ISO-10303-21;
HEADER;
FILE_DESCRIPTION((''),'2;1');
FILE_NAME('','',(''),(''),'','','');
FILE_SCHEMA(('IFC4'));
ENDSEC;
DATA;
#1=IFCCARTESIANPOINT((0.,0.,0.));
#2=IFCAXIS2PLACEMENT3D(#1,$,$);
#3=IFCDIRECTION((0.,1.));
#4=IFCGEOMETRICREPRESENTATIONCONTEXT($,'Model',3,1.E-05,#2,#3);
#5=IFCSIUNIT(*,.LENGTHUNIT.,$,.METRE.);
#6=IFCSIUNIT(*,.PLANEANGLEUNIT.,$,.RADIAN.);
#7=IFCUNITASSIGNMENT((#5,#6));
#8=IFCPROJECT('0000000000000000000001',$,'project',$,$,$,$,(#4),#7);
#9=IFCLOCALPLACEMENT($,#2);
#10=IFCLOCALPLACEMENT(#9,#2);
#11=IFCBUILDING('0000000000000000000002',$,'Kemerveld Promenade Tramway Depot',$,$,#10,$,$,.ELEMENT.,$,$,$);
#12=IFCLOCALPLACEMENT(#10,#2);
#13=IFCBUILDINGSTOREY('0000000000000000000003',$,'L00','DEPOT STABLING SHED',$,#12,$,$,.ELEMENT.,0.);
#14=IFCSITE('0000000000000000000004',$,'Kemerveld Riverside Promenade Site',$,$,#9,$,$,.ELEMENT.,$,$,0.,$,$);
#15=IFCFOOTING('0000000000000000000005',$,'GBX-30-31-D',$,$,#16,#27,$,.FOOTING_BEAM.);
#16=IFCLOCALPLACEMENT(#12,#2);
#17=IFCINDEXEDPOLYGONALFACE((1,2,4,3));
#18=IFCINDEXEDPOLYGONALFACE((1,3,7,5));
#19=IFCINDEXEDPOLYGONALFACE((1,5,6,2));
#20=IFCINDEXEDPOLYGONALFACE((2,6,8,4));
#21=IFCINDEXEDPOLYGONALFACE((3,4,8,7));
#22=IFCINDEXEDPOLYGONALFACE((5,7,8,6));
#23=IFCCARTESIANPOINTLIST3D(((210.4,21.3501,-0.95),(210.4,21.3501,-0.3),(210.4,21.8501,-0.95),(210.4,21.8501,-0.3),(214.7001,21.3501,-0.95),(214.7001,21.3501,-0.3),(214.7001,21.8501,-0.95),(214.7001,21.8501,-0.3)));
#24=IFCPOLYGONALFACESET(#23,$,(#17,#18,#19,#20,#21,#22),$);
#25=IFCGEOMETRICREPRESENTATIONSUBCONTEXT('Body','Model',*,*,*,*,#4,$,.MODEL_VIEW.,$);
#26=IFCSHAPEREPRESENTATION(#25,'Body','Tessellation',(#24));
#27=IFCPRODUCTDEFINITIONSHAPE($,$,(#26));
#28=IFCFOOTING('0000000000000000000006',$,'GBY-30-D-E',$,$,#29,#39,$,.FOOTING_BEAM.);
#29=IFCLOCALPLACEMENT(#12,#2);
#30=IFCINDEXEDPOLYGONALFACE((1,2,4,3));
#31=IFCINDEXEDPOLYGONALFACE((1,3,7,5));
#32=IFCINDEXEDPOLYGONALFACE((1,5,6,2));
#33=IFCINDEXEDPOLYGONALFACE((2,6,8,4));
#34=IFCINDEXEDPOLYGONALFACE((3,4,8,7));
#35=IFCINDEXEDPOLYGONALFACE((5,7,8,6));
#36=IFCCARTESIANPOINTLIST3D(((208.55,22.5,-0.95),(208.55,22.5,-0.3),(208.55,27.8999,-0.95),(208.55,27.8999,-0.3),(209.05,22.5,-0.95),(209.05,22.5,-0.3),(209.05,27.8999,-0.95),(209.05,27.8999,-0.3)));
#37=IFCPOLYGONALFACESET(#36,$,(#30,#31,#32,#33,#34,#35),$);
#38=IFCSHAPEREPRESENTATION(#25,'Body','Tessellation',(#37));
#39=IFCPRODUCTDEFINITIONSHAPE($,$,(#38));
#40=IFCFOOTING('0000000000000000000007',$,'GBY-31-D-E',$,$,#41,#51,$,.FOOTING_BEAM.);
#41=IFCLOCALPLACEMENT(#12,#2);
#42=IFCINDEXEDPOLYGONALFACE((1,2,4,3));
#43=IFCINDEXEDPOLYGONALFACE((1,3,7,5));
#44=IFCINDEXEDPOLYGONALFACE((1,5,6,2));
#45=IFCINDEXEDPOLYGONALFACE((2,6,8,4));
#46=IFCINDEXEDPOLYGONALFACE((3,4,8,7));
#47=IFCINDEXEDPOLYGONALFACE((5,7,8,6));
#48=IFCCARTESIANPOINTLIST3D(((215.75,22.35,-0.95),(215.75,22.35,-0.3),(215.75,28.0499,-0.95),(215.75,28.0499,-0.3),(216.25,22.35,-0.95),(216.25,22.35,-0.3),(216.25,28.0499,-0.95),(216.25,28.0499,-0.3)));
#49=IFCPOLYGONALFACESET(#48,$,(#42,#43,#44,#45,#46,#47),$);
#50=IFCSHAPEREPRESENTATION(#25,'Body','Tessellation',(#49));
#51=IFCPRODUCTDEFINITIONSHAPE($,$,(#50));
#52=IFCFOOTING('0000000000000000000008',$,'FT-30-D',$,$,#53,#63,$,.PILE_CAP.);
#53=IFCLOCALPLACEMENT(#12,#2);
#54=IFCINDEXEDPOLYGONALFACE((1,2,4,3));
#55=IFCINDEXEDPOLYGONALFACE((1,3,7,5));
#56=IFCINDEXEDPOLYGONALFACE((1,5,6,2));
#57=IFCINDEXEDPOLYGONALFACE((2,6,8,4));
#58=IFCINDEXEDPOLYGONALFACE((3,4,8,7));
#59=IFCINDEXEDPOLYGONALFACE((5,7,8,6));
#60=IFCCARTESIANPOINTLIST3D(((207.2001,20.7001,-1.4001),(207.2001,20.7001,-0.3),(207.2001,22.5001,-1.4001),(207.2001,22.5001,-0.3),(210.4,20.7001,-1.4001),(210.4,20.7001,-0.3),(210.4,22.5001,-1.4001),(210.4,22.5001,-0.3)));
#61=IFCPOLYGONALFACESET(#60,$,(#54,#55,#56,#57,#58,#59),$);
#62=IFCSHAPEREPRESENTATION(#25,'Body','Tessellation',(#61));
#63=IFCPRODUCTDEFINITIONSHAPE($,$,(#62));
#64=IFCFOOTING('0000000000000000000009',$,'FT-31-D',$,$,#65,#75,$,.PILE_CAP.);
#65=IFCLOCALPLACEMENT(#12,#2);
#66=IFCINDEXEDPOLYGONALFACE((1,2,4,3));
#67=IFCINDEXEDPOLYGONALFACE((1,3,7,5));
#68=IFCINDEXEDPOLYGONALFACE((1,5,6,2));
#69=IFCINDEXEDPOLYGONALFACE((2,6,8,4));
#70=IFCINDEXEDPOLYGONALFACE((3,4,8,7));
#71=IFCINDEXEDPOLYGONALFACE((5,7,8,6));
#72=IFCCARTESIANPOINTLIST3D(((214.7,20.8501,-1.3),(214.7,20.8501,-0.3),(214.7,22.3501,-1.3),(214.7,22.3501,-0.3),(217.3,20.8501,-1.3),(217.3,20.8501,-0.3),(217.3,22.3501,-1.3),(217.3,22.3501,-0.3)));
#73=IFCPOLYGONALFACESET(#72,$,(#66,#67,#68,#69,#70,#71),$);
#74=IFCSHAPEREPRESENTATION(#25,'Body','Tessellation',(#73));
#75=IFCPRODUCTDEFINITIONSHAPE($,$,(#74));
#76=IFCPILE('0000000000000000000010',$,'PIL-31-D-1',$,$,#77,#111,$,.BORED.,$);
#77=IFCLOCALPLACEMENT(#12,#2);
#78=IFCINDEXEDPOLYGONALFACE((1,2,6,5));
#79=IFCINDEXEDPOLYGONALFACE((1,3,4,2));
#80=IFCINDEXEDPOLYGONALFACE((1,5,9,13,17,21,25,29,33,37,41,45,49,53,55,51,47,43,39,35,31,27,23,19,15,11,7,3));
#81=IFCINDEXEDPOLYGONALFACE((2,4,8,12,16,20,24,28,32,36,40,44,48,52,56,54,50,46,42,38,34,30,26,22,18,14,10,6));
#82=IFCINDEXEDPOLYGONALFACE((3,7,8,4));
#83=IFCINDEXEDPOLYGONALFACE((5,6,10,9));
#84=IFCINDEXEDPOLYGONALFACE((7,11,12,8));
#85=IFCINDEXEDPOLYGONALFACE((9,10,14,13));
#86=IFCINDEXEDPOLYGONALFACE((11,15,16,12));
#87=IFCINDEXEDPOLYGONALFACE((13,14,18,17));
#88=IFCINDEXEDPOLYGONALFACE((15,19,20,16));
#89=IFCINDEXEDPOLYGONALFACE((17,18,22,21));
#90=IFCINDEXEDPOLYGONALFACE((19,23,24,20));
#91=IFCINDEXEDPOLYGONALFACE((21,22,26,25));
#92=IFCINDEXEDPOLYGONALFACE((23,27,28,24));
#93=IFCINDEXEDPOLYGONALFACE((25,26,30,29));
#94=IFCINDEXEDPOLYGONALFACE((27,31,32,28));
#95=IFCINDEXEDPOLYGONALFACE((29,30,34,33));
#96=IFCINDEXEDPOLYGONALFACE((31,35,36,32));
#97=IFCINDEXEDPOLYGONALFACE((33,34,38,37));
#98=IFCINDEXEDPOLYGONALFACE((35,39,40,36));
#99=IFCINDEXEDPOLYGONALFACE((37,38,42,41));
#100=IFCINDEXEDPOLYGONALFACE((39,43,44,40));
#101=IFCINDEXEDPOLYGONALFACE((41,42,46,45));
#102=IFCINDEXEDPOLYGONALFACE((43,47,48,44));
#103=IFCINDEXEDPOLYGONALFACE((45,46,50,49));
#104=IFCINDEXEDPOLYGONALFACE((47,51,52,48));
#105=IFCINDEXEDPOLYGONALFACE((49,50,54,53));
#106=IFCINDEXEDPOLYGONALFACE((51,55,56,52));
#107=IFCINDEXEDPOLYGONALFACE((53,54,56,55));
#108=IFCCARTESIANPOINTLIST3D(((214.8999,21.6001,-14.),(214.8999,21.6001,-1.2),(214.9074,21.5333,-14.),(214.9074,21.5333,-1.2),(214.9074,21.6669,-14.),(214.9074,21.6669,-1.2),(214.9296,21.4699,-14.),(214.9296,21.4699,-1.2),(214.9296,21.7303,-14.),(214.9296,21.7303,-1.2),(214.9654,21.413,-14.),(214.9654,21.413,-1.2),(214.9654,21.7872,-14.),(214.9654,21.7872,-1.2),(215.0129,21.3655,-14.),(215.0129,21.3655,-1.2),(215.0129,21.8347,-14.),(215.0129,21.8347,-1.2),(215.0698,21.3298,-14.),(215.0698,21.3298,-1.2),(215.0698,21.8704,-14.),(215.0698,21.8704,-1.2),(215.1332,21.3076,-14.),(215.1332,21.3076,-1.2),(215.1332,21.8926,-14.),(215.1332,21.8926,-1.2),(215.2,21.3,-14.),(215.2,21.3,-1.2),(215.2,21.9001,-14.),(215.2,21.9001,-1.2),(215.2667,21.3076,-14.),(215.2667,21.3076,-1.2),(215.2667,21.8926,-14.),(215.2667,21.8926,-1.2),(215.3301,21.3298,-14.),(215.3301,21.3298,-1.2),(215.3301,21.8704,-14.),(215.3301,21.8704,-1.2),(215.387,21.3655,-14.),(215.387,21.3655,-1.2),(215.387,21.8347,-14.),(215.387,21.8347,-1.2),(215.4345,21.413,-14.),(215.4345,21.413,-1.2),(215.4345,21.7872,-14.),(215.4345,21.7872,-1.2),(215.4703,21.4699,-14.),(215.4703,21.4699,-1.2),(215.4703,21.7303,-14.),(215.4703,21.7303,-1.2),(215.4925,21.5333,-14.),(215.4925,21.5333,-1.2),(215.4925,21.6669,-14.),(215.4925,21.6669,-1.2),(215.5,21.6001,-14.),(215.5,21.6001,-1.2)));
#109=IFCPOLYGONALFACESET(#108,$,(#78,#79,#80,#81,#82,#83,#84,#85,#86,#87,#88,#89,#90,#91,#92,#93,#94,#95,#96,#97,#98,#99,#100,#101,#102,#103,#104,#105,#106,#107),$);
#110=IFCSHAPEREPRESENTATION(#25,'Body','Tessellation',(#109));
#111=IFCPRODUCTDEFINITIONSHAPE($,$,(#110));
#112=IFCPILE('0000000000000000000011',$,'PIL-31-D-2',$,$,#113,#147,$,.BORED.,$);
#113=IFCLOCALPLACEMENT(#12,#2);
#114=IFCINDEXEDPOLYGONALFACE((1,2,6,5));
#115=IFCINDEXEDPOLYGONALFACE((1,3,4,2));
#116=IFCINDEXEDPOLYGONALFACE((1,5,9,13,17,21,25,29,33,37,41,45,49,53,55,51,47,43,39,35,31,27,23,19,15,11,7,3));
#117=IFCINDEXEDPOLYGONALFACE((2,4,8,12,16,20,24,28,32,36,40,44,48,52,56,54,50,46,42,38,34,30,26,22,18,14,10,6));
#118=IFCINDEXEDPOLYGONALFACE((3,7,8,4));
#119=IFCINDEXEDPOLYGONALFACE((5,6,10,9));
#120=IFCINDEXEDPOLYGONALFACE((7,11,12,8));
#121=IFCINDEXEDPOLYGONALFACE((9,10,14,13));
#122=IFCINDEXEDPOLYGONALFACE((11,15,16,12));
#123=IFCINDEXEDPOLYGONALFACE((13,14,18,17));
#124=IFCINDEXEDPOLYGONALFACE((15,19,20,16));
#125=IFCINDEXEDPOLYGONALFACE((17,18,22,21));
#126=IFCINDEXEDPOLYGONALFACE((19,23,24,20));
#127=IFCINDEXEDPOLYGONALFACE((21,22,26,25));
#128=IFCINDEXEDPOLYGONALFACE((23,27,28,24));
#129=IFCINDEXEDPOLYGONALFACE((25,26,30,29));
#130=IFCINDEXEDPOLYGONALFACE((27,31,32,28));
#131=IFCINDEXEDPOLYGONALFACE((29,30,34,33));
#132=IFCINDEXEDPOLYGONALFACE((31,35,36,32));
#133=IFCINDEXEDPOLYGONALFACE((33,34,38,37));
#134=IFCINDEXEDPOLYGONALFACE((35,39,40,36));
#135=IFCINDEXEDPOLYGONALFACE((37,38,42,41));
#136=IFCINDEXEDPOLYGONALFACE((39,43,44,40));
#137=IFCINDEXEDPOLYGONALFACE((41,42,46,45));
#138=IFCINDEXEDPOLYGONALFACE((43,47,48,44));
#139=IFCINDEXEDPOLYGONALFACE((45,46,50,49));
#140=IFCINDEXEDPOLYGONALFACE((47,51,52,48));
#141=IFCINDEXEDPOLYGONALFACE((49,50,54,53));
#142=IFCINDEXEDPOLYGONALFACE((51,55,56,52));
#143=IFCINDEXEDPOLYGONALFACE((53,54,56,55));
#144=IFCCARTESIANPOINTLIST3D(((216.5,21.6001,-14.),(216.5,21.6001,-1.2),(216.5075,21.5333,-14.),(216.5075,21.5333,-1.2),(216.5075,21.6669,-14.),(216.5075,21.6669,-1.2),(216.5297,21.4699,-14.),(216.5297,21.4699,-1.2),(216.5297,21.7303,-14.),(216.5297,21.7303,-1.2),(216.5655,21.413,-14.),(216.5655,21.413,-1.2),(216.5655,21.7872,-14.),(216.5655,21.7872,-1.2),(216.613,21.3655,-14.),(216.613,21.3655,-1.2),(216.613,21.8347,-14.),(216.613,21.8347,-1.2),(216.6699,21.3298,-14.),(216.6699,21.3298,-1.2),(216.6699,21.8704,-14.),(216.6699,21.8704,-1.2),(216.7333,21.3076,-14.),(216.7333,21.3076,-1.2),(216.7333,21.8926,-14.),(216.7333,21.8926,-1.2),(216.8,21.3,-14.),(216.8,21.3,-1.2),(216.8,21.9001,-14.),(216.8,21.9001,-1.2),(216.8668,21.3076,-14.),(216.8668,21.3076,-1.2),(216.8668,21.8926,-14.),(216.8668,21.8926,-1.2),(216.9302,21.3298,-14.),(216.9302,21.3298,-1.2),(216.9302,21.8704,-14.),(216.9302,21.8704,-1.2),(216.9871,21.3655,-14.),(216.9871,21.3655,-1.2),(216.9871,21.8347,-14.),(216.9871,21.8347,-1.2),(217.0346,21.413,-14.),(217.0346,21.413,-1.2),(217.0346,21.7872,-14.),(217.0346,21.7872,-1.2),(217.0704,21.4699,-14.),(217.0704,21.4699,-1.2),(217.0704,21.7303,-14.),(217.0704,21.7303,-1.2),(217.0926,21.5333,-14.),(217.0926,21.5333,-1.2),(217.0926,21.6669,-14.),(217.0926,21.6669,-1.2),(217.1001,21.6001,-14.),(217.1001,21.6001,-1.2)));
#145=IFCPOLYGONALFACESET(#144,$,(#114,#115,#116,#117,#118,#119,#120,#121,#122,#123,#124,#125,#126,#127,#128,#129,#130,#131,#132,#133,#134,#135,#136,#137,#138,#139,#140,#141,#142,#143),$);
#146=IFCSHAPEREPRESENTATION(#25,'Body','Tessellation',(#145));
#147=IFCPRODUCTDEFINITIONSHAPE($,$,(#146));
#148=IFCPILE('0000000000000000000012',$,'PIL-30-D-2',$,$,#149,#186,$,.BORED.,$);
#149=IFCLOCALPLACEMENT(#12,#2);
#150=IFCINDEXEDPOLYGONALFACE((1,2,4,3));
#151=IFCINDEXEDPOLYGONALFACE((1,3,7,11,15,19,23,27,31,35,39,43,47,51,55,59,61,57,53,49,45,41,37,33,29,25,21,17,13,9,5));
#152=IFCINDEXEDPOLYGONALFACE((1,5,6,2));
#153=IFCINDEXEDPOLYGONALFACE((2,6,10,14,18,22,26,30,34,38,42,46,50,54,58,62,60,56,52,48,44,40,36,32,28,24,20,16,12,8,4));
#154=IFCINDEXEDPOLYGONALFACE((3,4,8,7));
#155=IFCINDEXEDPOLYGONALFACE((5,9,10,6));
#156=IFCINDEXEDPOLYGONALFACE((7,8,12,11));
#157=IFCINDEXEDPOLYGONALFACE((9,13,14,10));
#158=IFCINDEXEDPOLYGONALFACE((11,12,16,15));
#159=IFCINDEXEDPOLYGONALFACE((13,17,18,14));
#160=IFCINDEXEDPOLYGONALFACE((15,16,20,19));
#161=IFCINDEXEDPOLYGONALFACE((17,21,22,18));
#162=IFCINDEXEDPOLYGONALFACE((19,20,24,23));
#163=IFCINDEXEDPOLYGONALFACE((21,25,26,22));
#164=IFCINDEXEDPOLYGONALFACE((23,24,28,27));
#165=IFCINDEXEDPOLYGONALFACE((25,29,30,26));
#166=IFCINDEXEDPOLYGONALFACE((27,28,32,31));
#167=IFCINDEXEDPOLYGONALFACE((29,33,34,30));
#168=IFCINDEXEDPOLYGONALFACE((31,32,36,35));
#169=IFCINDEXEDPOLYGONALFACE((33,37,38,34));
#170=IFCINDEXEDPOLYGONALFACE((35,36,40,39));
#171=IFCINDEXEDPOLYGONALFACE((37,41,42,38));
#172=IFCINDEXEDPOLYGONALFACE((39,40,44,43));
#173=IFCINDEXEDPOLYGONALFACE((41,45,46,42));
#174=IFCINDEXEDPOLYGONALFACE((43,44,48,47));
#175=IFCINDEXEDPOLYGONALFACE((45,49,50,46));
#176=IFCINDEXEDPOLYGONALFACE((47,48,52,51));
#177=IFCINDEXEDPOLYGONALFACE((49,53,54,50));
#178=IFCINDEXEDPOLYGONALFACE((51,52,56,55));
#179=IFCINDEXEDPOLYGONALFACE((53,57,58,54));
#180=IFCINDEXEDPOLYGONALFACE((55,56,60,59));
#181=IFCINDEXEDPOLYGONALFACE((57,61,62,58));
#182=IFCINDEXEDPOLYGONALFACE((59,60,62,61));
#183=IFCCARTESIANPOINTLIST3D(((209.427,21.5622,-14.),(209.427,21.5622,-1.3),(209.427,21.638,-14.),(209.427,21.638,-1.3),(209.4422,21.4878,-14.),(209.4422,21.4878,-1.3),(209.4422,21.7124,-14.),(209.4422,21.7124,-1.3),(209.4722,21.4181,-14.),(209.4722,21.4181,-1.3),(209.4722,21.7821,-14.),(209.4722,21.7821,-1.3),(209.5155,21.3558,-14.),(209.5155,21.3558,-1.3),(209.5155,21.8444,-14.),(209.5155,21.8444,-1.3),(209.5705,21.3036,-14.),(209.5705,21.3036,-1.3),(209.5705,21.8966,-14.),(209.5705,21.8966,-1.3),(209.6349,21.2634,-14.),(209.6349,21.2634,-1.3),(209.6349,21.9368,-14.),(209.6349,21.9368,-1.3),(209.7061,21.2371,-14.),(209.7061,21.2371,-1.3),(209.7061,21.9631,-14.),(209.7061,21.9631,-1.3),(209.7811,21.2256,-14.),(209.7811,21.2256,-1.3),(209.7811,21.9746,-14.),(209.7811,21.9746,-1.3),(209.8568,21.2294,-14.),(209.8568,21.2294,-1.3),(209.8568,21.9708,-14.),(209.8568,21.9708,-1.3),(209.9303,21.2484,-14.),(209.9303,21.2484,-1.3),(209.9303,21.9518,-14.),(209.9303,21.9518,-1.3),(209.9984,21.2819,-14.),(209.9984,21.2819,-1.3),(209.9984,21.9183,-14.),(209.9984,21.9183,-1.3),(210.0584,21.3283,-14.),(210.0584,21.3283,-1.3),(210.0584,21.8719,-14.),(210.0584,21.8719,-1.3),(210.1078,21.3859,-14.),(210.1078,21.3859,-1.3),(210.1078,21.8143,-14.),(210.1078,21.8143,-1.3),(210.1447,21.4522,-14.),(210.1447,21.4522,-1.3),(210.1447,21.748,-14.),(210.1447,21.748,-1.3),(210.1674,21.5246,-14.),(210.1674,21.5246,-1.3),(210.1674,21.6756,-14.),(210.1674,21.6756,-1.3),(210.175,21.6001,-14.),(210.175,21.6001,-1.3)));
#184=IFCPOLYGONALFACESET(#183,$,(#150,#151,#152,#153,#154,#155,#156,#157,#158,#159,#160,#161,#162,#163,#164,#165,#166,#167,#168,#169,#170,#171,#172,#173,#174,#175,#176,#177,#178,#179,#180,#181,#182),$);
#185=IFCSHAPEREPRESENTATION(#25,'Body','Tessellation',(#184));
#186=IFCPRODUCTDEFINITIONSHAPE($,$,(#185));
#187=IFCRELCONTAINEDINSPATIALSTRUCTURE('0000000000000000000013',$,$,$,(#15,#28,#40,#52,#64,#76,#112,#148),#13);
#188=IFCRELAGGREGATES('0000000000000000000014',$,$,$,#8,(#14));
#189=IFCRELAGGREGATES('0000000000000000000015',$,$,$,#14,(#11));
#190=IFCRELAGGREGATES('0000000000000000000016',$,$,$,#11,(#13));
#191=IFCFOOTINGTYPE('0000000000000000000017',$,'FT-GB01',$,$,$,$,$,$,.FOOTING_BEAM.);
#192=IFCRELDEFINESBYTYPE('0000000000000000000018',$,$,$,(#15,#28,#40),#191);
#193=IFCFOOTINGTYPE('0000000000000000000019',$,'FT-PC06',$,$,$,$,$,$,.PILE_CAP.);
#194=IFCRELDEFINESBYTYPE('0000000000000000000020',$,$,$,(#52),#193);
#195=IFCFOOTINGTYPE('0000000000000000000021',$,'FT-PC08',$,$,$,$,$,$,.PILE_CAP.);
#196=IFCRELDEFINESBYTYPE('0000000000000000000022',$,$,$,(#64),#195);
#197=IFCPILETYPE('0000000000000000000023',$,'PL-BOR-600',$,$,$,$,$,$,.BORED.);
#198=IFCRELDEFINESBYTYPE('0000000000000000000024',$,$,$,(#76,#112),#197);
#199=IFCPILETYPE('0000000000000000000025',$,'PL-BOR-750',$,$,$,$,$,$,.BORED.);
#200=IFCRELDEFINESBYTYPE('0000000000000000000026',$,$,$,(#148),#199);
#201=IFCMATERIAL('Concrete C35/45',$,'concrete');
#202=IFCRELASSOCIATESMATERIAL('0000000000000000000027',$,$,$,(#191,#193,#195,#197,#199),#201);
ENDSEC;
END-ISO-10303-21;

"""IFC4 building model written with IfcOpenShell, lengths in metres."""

from ifc_helpers import new_model, si_unit, direction, frame, origin, origin_2d, place, context, subcontext, project, spatial, rectangle, circle, extrude, material, material_profile, profile_set, type_object, element, save


model = new_model("IFC4")

# Units and contexts
model_context = context("Model", 3, precision=1e-05, world=origin(), true_north=direction((0.0, 1.0)))
body_context = subcontext(model_context, "Body", "Model", "MODEL_VIEW")
ifc_project = project(units=[si_unit("LENGTHUNIT", "METRE"), si_unit("PLANEANGLEUNIT", "RADIAN")], contexts=[model_context])

# Site, building, storey
site_placement = place(None, origin())
site = spatial("IfcSite", under=ifc_project, at=site_placement, Name="Kemerveld Riverside Promenade Site", CompositionType="ELEMENT", RefElevation=0.0)
building_placement = place(site_placement, origin())
building = spatial("IfcBuilding", under=site, at=building_placement, Name="Kemerveld Promenade Tramway Depot", CompositionType="ELEMENT")
storey_placement = place(building_placement, origin())
storey = spatial("IfcBuildingStorey", under=building, at=storey_placement, Name="L00", Description="DEPOT STABLING SHED", CompositionType="ELEMENT", Elevation=0.0)

# Footings
ifc_material_1 = material(Name="Concrete C35/45", Category="concrete")
footing_type_1 = type_object("IfcFootingType", Name="FT-GB01", PredefinedType="FOOTING_BEAM", material=ifc_material_1)
footing_1_placement = place(storey_placement, frame((212.55, 21.6001, -0.95), z_axis=(0.0, 0.0, 1.0), x_axis=(1.0, 0.0, 0.0)))
element("IfcFooting", 1, at=footing_1_placement, inside=storey, type_object=footing_type_1, Name="GBX-30-31-D", PredefinedType="FOOTING_BEAM", context=body_context, shape_type="SweptSolid", body=[
    extrude(rectangle(XDim=4.3, YDim=0.5, at=origin_2d()), origin(), (0.0, 0.0, 1.0), 0.6499),
])
footing_2_placement = place(storey_placement, frame((208.8, 25.2, -0.95), z_axis=(0.0, 0.0, 1.0), x_axis=(0.0, 1.0, 0.0)))
element("IfcFooting", 2, at=footing_2_placement, inside=storey, type_object=footing_type_1, Name="GBY-30-D-E", PredefinedType="FOOTING_BEAM", context=body_context, shape_type="SweptSolid", body=[
    extrude(rectangle(XDim=5.3999, YDim=0.5, at=origin_2d()), origin(), (0.0, 0.0, 1.0), 0.6499),
])
footing_3_placement = place(storey_placement, frame((216.0, 25.2, -0.95), z_axis=(0.0, 0.0, 1.0), x_axis=(0.0, 1.0, 0.0)))
element("IfcFooting", 3, at=footing_3_placement, inside=storey, type_object=footing_type_1, Name="GBY-31-D-E", PredefinedType="FOOTING_BEAM", context=body_context, shape_type="SweptSolid", body=[
    extrude(rectangle(XDim=5.7, YDim=0.5, at=origin_2d()), origin(), (0.0, 0.0, 1.0), 0.6499),
])
footing_type_2 = type_object("IfcFootingType", Name="FT-PC06", PredefinedType="PILE_CAP", material=ifc_material_1)
footing_4_placement = place(storey_placement, frame((208.8, 21.6001, -1.4001), z_axis=(0.0, 0.0, 1.0), x_axis=(1.0, 0.0, 0.0)))
element("IfcFooting", 4, at=footing_4_placement, inside=storey, type_object=footing_type_2, Name="FT-30-D", PredefinedType="PILE_CAP", context=body_context, shape_type="SweptSolid", body=[
    extrude(rectangle(XDim=3.2, YDim=1.8, at=origin_2d()), origin(), (0.0, 0.0, 1.0), 1.1001),
])
footing_type_3 = type_object("IfcFootingType", Name="FT-PC08", PredefinedType="PILE_CAP", material=ifc_material_1)
footing_5_placement = place(storey_placement, frame((216.0, 21.6001, -1.3), z_axis=(0.0, 0.0, 1.0), x_axis=(1.0, 0.0, 0.0)))
element("IfcFooting", 5, at=footing_5_placement, inside=storey, type_object=footing_type_3, Name="FT-31-D", PredefinedType="PILE_CAP", context=body_context, shape_type="SweptSolid", body=[
    extrude(rectangle(XDim=2.6001, YDim=1.5, at=origin_2d()), origin(), (0.0, 0.0, 1.0), 1.0),
])

# Piles
ifc_material_profile_1 = material_profile(ifc_material_1, circle(Radius=0.3, at=origin_2d()), Name="PILE-D600")
ifc_profile_set_1 = profile_set([ifc_material_profile_1], Name="Concrete C35/45")
pile_type_1 = type_object("IfcPileType", Name="PL-BOR-600", PredefinedType="BORED", material=ifc_profile_set_1)
for number, where, z_axis, x_axis, name in (
    (6, (215.2, 21.6001, -1.2), (0.0, 0.0, -1.0), (1.0, 0.0, 0.0), "PIL-31-D-1"),
    (7, (216.8, 21.6001, -1.2), (0.0, 0.0, -1.0), (1.0, 0.0, 0.0), "PIL-31-D-2"),
):
    element("IfcPile", number, at=place(storey_placement, frame(where, z_axis=z_axis, x_axis=x_axis)), inside=storey, type_object=pile_type_1, Name=name, PredefinedType="BORED", context=body_context, shape_type="SweptSolid", body=[
        extrude(circle(Radius=0.3, at=origin_2d()), origin(), (0.0, 0.0, 1.0), 12.8),
    ])
ifc_material_profile_2 = material_profile(ifc_material_1, circle(Radius=0.375, at=origin_2d()), Name="PILE-D750")
ifc_profile_set_2 = profile_set([ifc_material_profile_2], Name="Concrete C35/45")
pile_type_2 = type_object("IfcPileType", Name="PL-BOR-750", PredefinedType="BORED", material=ifc_profile_set_2)
pile_placement = place(storey_placement, frame((209.8, 21.6001, -1.3), z_axis=(0.0, 0.0, -1.0), x_axis=(1.0, 0.0, 0.0)))
element("IfcPile", 8, at=pile_placement, inside=storey, type_object=pile_type_2, Name="PIL-30-D-2", PredefinedType="BORED", context=body_context, shape_type="SweptSolid", body=[
    extrude(circle(Radius=0.375, at=origin_2d()), origin(), (0.0, 0.0, 1.0), 12.7),
])

save(model, "model.ifc")
